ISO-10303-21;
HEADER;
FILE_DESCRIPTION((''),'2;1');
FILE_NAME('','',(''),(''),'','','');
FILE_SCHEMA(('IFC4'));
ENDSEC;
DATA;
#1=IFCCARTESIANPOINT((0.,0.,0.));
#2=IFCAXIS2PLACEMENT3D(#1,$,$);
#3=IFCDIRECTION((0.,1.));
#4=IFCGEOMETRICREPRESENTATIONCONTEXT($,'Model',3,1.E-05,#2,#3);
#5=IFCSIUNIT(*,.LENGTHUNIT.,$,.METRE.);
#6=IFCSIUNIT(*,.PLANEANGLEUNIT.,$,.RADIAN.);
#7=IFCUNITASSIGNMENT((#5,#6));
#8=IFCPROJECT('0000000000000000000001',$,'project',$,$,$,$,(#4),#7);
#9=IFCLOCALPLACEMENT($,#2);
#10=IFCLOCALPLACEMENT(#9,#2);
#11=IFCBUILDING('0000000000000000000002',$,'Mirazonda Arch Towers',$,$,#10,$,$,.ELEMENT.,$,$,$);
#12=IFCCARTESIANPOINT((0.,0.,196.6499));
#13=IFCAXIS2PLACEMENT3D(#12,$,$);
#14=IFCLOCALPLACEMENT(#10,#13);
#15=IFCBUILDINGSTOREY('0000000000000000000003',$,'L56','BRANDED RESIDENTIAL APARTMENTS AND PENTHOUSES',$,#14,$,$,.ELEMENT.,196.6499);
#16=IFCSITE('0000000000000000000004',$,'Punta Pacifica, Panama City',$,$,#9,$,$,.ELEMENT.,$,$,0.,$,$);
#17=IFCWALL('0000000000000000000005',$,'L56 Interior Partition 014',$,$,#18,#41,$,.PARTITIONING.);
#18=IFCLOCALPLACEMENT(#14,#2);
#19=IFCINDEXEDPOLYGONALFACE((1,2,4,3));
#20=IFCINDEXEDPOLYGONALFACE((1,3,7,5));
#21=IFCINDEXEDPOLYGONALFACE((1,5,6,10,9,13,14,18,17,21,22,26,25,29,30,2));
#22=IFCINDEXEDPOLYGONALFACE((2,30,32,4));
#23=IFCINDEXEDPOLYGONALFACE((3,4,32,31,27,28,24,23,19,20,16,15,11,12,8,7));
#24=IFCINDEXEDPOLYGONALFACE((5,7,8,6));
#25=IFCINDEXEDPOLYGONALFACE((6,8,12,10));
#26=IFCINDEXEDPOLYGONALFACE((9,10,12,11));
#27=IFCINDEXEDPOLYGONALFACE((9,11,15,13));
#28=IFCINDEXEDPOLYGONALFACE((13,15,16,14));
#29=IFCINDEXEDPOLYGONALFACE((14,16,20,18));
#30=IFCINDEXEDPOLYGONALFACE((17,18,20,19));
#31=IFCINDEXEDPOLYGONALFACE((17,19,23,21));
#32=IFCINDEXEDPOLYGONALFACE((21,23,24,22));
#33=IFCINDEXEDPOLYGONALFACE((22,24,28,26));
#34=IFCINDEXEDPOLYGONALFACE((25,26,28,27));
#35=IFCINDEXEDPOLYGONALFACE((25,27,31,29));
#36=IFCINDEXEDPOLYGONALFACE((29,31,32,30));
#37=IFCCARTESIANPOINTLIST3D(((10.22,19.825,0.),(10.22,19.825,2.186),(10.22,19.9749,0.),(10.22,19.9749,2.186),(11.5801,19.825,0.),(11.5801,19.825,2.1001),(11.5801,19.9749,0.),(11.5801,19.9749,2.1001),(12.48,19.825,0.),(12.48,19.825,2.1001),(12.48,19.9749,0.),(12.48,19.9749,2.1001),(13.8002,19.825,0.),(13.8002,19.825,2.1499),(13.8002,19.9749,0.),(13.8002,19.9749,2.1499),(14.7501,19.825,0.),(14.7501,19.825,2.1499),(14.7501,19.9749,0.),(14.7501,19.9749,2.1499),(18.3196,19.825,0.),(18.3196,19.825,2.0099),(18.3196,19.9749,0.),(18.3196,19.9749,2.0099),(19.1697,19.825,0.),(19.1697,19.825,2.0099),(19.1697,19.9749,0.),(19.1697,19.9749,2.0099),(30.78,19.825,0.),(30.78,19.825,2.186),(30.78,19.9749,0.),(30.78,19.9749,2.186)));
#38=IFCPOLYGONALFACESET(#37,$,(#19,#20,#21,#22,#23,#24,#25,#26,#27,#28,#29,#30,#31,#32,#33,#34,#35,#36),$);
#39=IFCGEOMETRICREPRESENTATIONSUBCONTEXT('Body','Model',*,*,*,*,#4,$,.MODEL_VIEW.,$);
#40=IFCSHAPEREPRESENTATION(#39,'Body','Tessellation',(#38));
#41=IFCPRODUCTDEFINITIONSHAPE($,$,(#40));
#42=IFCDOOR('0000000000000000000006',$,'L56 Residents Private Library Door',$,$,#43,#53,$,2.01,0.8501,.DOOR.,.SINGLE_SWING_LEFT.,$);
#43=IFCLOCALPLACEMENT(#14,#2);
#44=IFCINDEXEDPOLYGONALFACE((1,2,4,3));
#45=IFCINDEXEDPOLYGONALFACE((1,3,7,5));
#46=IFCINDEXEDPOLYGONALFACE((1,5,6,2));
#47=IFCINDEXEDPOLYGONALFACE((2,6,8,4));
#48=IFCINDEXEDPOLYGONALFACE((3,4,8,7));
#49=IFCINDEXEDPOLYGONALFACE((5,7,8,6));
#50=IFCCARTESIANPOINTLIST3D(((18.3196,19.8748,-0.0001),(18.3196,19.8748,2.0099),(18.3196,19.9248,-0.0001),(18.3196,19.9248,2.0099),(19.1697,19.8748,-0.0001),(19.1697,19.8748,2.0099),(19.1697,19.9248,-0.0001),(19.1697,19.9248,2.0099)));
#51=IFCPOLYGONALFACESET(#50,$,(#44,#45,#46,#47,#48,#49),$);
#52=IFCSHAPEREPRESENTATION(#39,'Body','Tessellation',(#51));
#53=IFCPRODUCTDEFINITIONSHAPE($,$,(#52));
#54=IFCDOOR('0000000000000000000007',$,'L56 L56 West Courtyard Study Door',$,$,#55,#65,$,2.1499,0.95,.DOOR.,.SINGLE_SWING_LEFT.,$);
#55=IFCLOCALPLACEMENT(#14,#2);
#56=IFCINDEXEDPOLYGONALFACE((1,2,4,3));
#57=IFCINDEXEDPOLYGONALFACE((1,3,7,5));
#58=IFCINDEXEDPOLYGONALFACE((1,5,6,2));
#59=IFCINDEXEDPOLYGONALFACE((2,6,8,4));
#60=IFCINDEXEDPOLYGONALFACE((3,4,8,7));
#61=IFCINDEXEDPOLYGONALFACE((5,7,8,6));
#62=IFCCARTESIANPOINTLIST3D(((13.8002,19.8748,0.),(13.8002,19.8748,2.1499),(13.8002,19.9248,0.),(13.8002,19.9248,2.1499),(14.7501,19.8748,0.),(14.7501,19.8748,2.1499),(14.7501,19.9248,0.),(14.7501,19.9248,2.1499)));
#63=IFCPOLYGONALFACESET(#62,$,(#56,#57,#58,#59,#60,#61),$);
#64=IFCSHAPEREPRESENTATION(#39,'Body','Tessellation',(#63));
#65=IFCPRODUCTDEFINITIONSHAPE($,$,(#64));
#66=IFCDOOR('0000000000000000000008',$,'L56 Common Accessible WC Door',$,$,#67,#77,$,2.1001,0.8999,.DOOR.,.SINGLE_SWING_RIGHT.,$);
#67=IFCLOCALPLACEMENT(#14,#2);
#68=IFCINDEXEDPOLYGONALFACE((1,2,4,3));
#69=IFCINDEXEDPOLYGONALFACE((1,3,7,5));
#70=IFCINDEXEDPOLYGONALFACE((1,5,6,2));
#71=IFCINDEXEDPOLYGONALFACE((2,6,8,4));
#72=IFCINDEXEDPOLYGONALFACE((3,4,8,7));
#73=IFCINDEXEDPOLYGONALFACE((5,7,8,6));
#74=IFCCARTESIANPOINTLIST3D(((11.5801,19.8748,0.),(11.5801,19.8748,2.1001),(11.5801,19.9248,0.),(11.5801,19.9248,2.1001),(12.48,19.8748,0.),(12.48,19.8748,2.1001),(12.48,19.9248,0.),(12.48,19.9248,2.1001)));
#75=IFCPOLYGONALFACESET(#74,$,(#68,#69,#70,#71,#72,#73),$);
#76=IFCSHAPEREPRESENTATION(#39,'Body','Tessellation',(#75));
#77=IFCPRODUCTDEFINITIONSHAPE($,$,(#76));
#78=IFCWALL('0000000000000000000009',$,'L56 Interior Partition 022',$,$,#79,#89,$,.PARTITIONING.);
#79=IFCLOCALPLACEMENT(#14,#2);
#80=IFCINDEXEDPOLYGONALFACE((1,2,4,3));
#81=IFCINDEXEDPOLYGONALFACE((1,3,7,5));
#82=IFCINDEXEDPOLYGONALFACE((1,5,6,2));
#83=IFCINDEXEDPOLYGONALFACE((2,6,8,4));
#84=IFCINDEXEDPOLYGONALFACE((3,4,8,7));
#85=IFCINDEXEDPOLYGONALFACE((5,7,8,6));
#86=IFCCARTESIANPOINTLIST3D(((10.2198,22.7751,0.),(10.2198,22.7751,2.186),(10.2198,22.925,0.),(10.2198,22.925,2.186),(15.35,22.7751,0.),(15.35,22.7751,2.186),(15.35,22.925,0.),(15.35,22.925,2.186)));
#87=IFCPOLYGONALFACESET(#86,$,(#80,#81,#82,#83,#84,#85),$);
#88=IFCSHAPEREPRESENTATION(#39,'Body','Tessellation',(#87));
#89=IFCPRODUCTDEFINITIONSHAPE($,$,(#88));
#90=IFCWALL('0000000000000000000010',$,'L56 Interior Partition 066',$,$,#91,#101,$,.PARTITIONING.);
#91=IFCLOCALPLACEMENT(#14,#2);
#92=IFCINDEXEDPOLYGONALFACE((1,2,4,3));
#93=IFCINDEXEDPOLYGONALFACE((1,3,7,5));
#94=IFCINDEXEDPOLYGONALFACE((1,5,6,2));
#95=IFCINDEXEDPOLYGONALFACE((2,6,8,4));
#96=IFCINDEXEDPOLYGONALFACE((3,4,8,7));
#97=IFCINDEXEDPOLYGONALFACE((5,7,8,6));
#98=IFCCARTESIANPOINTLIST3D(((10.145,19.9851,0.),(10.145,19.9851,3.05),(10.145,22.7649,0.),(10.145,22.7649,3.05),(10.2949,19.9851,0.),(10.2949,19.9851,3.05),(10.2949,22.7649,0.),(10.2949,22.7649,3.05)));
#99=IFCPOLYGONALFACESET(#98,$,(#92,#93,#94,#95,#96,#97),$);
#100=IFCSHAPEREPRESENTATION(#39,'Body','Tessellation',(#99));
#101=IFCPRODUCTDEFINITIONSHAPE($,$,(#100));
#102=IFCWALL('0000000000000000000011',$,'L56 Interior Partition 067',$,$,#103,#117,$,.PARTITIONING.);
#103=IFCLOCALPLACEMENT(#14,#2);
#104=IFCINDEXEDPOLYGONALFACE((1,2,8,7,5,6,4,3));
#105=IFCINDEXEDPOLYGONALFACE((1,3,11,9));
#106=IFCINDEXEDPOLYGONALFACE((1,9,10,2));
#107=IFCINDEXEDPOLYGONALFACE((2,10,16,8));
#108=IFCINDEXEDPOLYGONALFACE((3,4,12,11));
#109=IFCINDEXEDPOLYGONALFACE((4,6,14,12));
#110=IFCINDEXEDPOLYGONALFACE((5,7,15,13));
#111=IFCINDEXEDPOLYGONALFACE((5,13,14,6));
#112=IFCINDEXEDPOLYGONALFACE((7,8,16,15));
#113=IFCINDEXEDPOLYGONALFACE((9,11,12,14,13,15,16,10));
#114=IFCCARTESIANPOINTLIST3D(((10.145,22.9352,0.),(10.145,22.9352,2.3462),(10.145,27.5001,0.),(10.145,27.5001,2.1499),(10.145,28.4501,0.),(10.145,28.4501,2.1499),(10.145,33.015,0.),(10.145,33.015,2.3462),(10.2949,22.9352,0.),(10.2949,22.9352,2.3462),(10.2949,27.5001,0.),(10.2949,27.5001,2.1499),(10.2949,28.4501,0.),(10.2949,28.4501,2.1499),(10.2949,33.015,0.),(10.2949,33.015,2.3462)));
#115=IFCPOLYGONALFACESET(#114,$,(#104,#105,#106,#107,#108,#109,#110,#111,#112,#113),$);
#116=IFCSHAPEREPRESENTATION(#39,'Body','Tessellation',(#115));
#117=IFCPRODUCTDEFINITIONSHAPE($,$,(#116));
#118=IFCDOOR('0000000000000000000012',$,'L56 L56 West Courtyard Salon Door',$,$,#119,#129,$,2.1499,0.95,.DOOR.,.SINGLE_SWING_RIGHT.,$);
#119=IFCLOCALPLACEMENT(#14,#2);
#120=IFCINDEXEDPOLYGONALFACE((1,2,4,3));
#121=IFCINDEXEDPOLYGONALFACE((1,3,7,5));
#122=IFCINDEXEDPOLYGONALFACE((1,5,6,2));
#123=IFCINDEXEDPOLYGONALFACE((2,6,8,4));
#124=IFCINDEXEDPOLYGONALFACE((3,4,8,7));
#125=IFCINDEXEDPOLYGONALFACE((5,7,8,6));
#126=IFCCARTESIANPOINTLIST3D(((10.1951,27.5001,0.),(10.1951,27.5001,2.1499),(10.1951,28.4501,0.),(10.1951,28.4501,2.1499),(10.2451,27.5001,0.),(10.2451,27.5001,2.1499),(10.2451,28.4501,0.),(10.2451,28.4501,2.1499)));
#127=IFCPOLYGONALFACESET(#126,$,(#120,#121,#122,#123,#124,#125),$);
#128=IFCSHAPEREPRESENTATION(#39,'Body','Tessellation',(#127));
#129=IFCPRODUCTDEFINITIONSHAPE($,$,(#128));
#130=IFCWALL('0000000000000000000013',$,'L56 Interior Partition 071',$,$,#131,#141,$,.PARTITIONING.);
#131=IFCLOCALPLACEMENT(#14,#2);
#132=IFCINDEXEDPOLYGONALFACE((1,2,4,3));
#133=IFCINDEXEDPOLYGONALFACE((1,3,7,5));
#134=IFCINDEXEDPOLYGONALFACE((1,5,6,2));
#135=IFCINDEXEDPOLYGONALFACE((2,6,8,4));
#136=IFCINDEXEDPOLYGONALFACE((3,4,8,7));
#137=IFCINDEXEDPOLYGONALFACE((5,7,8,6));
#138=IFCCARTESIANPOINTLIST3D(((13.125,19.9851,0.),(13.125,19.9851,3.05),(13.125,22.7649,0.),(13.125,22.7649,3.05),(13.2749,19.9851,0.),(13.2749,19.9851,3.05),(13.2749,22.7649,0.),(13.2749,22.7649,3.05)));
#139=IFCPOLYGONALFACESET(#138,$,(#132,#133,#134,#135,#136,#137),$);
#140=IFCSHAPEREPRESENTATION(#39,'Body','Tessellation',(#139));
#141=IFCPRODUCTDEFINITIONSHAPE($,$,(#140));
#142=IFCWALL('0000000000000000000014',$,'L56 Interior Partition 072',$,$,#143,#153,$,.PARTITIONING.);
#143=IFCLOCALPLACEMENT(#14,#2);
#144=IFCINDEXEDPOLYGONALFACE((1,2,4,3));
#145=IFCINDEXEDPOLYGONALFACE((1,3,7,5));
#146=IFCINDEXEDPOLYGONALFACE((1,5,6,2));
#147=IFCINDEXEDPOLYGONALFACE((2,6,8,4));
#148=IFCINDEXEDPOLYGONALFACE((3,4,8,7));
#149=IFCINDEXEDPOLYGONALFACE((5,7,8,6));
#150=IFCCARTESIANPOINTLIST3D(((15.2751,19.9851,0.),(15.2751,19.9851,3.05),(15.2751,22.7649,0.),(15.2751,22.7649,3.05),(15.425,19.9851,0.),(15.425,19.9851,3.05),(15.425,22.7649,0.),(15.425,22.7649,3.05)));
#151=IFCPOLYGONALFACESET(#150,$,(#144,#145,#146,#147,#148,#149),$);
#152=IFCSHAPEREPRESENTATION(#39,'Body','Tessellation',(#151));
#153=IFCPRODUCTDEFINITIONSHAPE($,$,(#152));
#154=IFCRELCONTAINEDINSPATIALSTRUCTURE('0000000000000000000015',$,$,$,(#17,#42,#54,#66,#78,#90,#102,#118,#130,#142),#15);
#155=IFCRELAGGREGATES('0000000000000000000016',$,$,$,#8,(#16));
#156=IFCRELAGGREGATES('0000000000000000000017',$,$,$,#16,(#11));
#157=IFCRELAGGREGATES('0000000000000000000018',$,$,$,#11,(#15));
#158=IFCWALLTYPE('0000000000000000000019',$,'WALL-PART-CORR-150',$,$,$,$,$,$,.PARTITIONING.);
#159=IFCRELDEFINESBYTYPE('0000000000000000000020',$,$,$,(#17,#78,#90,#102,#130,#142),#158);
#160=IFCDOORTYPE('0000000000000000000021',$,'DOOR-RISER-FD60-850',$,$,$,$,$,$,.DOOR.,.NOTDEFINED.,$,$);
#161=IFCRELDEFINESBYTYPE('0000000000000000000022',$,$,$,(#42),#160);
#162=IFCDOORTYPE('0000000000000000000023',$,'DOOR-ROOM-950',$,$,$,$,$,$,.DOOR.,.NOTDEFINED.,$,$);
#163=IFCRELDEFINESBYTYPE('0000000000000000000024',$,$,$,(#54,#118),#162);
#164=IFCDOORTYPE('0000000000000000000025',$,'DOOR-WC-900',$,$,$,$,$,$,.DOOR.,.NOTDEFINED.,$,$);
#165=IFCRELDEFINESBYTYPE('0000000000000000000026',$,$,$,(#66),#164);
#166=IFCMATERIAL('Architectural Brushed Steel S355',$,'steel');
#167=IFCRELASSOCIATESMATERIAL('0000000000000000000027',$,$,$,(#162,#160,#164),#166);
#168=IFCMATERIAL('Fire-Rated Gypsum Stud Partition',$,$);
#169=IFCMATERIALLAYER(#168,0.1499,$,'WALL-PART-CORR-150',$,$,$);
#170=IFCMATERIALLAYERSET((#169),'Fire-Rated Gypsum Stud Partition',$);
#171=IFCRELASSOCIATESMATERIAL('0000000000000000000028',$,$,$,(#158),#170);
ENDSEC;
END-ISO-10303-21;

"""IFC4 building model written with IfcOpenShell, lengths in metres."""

from ifc_helpers import new_model, si_unit, direction, frame, frame_2d, origin, place, context, subcontext, project, spatial, rectangle, extrude, material, layer, layer_set, type_object, element, fill, save


model = new_model("IFC4")

# Units and contexts
model_context = context("Model", 3, precision=1e-05, world=origin(), true_north=direction((0.0, 1.0)))
body_context = subcontext(model_context, "Body", "Model", "MODEL_VIEW")
ifc_project = project(units=[si_unit("LENGTHUNIT", "METRE"), si_unit("PLANEANGLEUNIT", "RADIAN")], contexts=[model_context])

# Site, building, storey
site_placement = place(None, origin())
site = spatial("IfcSite", under=ifc_project, at=site_placement, Name="Punta Pacifica, Panama City", CompositionType="ELEMENT", RefElevation=0.0)
building_placement = place(site_placement, origin())
building = spatial("IfcBuilding", under=site, at=building_placement, Name="Mirazonda Arch Towers", CompositionType="ELEMENT")
storey_placement = place(building_placement, frame((0.0, 0.0, 196.6499)))
storey = spatial("IfcBuildingStorey", under=building, at=storey_placement, Name="L56", Description="BRANDED RESIDENTIAL APARTMENTS AND PENTHOUSES", CompositionType="ELEMENT", Elevation=196.6499)

# Shared definitions
ifc_material_1 = material(Name="Architectural Brushed Steel S355", Category="steel")

# Shared definitions
door_type_1 = type_object("IfcDoorType", Name="DOOR-ROOM-950", OperationType="NOTDEFINED", PredefinedType="DOOR", material=ifc_material_1)

# Shared definitions
ifc_material_2 = material(Name="Fire-Rated Gypsum Stud Partition")
ifc_layer_1 = layer(ifc_material_2, 0.1499, Name="WALL-PART-CORR-150")
ifc_layer_set_1 = layer_set([ifc_layer_1], Name="Fire-Rated Gypsum Stud Partition")
wall_type_1 = type_object("IfcWallType", Name="WALL-PART-CORR-150", PredefinedType="PARTITIONING", material=ifc_layer_set_1)

# Wall, openings, doors
wall_1_placement = place(storey_placement, frame((10.22, 19.8999, 0.0), z_axis=(0.0, 0.0, 1.0), x_axis=(1.0, 0.0, 0.0)))
wall_1 = element("IfcWall", 1, at=wall_1_placement, inside=storey, type_object=wall_type_1, Name="L56 Interior Partition 014", PredefinedType="PARTITIONING", context=body_context, shape_type="SweptSolid", body=[
    extrude(rectangle(XDim=20.5601, YDim=0.1499, at=frame_2d((10.28, 0.0))), origin(), (0.0, 0.0, 1.0), 2.186),
])
opening_1_placement = place(wall_1_placement, frame((1.3601, 0.0, 0.0)))
opening_1 = element("IfcOpeningElement", 2, at=opening_1_placement, cuts=wall_1, PredefinedType="OPENING", context=body_context, shape_type="SweptSolid", body=[
    extrude(rectangle(XDim=0.8999, YDim=2.1001, at=frame_2d((0.45, 1.05))), frame((0.0, 0.085, 0.0), z_axis=(0.0, -1.0, 0.0), x_axis=(1.0, 0.0, 0.0)), (0.0, 0.0, 1.0), 0.1699),
])
opening_2_placement = place(wall_1_placement, frame((3.5801, 0.0, 0.0)))
opening_2 = element("IfcOpeningElement", 3, at=opening_2_placement, cuts=wall_1, PredefinedType="OPENING", context=body_context, shape_type="SweptSolid", body=[
    extrude(rectangle(XDim=0.95, YDim=2.1499, at=frame_2d((0.4751, 1.075))), frame((0.0, 0.085, 0.0), z_axis=(0.0, -1.0, 0.0), x_axis=(1.0, 0.0, 0.0)), (0.0, 0.0, 1.0), 0.1699),
])
opening_3_placement = place(wall_1_placement, frame((8.0996, 0.0, 0.0)))
opening_3 = element("IfcOpeningElement", 4, at=opening_3_placement, cuts=wall_1, PredefinedType="OPENING", context=body_context, shape_type="SweptSolid", body=[
    extrude(rectangle(XDim=0.8501, YDim=2.01, at=frame_2d((0.425, 1.0049))), frame((0.0, 0.085, 0.0), z_axis=(0.0, -1.0, 0.0), x_axis=(1.0, 0.0, 0.0)), (0.0, 0.0, 1.0), 0.1699),
])
door_type_2 = type_object("IfcDoorType", Name="DOOR-RISER-FD60-850", OperationType="NOTDEFINED", PredefinedType="DOOR", material=ifc_material_1)
door_1_placement = place(opening_3_placement, origin())
door_1 = element("IfcDoor", 5, at=door_1_placement, inside=storey, type_object=door_type_2, Name="L56 Residents Private Library Door", OperationType="SINGLE_SWING_LEFT", OverallHeight=2.01, OverallWidth=0.8501, PredefinedType="DOOR", context=body_context, shape_type="SweptSolid", body=[
    extrude(rectangle(XDim=0.8501, YDim=2.01, at=frame_2d((0.425, 1.0049))), frame((0.0, 0.0249, 0.0), z_axis=(0.0, -1.0, 0.0), x_axis=(1.0, 0.0, 0.0)), (0.0, 0.0, 1.0), 0.05),
])
fill(opening_3, door_1)
door_2_placement = place(opening_2_placement, origin())
door_2 = element("IfcDoor", 6, at=door_2_placement, inside=storey, type_object=door_type_1, Name="L56 L56 West Courtyard Study Door", OperationType="SINGLE_SWING_LEFT", OverallHeight=2.1499, OverallWidth=0.95, PredefinedType="DOOR", context=body_context, shape_type="SweptSolid", body=[
    extrude(rectangle(XDim=0.95, YDim=2.1499, at=frame_2d((0.4751, 1.075))), frame((0.0, 0.0249, 0.0), z_axis=(0.0, -1.0, 0.0), x_axis=(1.0, 0.0, 0.0)), (0.0, 0.0, 1.0), 0.05),
])
fill(opening_2, door_2)
door_type_3 = type_object("IfcDoorType", Name="DOOR-WC-900", OperationType="NOTDEFINED", PredefinedType="DOOR", material=ifc_material_1)
door_3_placement = place(opening_1_placement, origin())
door_3 = element("IfcDoor", 7, at=door_3_placement, inside=storey, type_object=door_type_3, Name="L56 Common Accessible WC Door", OperationType="SINGLE_SWING_RIGHT", OverallHeight=2.1001, OverallWidth=0.8999, PredefinedType="DOOR", context=body_context, shape_type="SweptSolid", body=[
    extrude(rectangle(XDim=0.8999, YDim=2.1001, at=frame_2d((0.45, 1.05))), frame((0.0, 0.0249, 0.0), z_axis=(0.0, -1.0, 0.0), x_axis=(1.0, 0.0, 0.0)), (0.0, 0.0, 1.0), 0.05),
])
fill(opening_1, door_3)

# Walls
wall_2_placement = place(storey_placement, frame((10.22, 22.8501, 0.0), z_axis=(0.0, 0.0, 1.0), x_axis=(1.0, 0.0, 0.0)))
element("IfcWall", 8, at=wall_2_placement, inside=storey, type_object=wall_type_1, Name="L56 Interior Partition 022", PredefinedType="PARTITIONING", context=body_context, shape_type="SweptSolid", body=[
    extrude(rectangle(XDim=5.1301, YDim=0.1499, at=frame_2d((2.5649, 0.0))), origin(), (0.0, 0.0, 1.0), 2.186),
])
wall_3_placement = place(storey_placement, frame((10.22, 19.9851, 0.0), z_axis=(0.0, 0.0, 1.0), x_axis=(0.0, 1.0, 0.0)))
element("IfcWall", 9, at=wall_3_placement, inside=storey, type_object=wall_type_1, Name="L56 Interior Partition 066", PredefinedType="PARTITIONING", context=body_context, shape_type="SweptSolid", body=[
    extrude(rectangle(XDim=2.7798, YDim=0.1499, at=frame_2d((1.3899, 0.0))), origin(), (0.0, 0.0, 1.0), 3.05),
])

# Wall, opening, door
wall_4_placement = place(storey_placement, frame((10.22, 22.9351, 0.0), z_axis=(0.0, 0.0, 1.0), x_axis=(0.0, 1.0, 0.0)))
wall_4 = element("IfcWall", 10, at=wall_4_placement, inside=storey, type_object=wall_type_1, Name="L56 Interior Partition 067", PredefinedType="PARTITIONING", context=body_context, shape_type="SweptSolid", body=[
    extrude(rectangle(XDim=10.0798, YDim=0.1499, at=frame_2d((5.04, 0.0))), origin(), (0.0, 0.0, 1.0), 2.3462),
])
opening_4_placement = place(wall_4_placement, frame((4.5649, 0.0, 0.0)))
opening_4 = element("IfcOpeningElement", 11, at=opening_4_placement, cuts=wall_4, PredefinedType="OPENING", context=body_context, shape_type="SweptSolid", body=[
    extrude(rectangle(XDim=0.95, YDim=2.1499, at=frame_2d((0.4751, 1.075))), frame((0.0, 0.085, 0.0), z_axis=(0.0, -1.0, 0.0), x_axis=(1.0, 0.0, 0.0)), (0.0, 0.0, 1.0), 0.1699),
])
door_4_placement = place(opening_4_placement, origin())
door_4 = element("IfcDoor", 12, at=door_4_placement, inside=storey, type_object=door_type_1, Name="L56 L56 West Courtyard Salon Door", OperationType="SINGLE_SWING_RIGHT", OverallHeight=2.1499, OverallWidth=0.95, PredefinedType="DOOR", context=body_context, shape_type="SweptSolid", body=[
    extrude(rectangle(XDim=0.95, YDim=2.1499, at=frame_2d((0.4751, 1.075))), frame((0.0, 0.0249, 0.0), z_axis=(0.0, -1.0, 0.0), x_axis=(1.0, 0.0, 0.0)), (0.0, 0.0, 1.0), 0.05),
])
fill(opening_4, door_4)

# Walls
for number, where, z_axis, x_axis, name in (
    (13, (13.2, 19.9851, 0.0), (0.0, 0.0, 1.0), (0.0, 1.0, 0.0), "L56 Interior Partition 071"),
    (14, (15.3501, 19.9851, 0.0), (0.0, 0.0, 1.0), (0.0, 1.0, 0.0), "L56 Interior Partition 072"),
):
    element("IfcWall", number, at=place(storey_placement, frame(where, z_axis=z_axis, x_axis=x_axis)), inside=storey, type_object=wall_type_1, Name=name, PredefinedType="PARTITIONING", context=body_context, shape_type="SweptSolid", body=[
        extrude(rectangle(XDim=2.7798, YDim=0.1499, at=frame_2d((1.3899, 0.0))), origin(), (0.0, 0.0, 1.0), 3.05),
    ])

save(model, "model.ifc")
